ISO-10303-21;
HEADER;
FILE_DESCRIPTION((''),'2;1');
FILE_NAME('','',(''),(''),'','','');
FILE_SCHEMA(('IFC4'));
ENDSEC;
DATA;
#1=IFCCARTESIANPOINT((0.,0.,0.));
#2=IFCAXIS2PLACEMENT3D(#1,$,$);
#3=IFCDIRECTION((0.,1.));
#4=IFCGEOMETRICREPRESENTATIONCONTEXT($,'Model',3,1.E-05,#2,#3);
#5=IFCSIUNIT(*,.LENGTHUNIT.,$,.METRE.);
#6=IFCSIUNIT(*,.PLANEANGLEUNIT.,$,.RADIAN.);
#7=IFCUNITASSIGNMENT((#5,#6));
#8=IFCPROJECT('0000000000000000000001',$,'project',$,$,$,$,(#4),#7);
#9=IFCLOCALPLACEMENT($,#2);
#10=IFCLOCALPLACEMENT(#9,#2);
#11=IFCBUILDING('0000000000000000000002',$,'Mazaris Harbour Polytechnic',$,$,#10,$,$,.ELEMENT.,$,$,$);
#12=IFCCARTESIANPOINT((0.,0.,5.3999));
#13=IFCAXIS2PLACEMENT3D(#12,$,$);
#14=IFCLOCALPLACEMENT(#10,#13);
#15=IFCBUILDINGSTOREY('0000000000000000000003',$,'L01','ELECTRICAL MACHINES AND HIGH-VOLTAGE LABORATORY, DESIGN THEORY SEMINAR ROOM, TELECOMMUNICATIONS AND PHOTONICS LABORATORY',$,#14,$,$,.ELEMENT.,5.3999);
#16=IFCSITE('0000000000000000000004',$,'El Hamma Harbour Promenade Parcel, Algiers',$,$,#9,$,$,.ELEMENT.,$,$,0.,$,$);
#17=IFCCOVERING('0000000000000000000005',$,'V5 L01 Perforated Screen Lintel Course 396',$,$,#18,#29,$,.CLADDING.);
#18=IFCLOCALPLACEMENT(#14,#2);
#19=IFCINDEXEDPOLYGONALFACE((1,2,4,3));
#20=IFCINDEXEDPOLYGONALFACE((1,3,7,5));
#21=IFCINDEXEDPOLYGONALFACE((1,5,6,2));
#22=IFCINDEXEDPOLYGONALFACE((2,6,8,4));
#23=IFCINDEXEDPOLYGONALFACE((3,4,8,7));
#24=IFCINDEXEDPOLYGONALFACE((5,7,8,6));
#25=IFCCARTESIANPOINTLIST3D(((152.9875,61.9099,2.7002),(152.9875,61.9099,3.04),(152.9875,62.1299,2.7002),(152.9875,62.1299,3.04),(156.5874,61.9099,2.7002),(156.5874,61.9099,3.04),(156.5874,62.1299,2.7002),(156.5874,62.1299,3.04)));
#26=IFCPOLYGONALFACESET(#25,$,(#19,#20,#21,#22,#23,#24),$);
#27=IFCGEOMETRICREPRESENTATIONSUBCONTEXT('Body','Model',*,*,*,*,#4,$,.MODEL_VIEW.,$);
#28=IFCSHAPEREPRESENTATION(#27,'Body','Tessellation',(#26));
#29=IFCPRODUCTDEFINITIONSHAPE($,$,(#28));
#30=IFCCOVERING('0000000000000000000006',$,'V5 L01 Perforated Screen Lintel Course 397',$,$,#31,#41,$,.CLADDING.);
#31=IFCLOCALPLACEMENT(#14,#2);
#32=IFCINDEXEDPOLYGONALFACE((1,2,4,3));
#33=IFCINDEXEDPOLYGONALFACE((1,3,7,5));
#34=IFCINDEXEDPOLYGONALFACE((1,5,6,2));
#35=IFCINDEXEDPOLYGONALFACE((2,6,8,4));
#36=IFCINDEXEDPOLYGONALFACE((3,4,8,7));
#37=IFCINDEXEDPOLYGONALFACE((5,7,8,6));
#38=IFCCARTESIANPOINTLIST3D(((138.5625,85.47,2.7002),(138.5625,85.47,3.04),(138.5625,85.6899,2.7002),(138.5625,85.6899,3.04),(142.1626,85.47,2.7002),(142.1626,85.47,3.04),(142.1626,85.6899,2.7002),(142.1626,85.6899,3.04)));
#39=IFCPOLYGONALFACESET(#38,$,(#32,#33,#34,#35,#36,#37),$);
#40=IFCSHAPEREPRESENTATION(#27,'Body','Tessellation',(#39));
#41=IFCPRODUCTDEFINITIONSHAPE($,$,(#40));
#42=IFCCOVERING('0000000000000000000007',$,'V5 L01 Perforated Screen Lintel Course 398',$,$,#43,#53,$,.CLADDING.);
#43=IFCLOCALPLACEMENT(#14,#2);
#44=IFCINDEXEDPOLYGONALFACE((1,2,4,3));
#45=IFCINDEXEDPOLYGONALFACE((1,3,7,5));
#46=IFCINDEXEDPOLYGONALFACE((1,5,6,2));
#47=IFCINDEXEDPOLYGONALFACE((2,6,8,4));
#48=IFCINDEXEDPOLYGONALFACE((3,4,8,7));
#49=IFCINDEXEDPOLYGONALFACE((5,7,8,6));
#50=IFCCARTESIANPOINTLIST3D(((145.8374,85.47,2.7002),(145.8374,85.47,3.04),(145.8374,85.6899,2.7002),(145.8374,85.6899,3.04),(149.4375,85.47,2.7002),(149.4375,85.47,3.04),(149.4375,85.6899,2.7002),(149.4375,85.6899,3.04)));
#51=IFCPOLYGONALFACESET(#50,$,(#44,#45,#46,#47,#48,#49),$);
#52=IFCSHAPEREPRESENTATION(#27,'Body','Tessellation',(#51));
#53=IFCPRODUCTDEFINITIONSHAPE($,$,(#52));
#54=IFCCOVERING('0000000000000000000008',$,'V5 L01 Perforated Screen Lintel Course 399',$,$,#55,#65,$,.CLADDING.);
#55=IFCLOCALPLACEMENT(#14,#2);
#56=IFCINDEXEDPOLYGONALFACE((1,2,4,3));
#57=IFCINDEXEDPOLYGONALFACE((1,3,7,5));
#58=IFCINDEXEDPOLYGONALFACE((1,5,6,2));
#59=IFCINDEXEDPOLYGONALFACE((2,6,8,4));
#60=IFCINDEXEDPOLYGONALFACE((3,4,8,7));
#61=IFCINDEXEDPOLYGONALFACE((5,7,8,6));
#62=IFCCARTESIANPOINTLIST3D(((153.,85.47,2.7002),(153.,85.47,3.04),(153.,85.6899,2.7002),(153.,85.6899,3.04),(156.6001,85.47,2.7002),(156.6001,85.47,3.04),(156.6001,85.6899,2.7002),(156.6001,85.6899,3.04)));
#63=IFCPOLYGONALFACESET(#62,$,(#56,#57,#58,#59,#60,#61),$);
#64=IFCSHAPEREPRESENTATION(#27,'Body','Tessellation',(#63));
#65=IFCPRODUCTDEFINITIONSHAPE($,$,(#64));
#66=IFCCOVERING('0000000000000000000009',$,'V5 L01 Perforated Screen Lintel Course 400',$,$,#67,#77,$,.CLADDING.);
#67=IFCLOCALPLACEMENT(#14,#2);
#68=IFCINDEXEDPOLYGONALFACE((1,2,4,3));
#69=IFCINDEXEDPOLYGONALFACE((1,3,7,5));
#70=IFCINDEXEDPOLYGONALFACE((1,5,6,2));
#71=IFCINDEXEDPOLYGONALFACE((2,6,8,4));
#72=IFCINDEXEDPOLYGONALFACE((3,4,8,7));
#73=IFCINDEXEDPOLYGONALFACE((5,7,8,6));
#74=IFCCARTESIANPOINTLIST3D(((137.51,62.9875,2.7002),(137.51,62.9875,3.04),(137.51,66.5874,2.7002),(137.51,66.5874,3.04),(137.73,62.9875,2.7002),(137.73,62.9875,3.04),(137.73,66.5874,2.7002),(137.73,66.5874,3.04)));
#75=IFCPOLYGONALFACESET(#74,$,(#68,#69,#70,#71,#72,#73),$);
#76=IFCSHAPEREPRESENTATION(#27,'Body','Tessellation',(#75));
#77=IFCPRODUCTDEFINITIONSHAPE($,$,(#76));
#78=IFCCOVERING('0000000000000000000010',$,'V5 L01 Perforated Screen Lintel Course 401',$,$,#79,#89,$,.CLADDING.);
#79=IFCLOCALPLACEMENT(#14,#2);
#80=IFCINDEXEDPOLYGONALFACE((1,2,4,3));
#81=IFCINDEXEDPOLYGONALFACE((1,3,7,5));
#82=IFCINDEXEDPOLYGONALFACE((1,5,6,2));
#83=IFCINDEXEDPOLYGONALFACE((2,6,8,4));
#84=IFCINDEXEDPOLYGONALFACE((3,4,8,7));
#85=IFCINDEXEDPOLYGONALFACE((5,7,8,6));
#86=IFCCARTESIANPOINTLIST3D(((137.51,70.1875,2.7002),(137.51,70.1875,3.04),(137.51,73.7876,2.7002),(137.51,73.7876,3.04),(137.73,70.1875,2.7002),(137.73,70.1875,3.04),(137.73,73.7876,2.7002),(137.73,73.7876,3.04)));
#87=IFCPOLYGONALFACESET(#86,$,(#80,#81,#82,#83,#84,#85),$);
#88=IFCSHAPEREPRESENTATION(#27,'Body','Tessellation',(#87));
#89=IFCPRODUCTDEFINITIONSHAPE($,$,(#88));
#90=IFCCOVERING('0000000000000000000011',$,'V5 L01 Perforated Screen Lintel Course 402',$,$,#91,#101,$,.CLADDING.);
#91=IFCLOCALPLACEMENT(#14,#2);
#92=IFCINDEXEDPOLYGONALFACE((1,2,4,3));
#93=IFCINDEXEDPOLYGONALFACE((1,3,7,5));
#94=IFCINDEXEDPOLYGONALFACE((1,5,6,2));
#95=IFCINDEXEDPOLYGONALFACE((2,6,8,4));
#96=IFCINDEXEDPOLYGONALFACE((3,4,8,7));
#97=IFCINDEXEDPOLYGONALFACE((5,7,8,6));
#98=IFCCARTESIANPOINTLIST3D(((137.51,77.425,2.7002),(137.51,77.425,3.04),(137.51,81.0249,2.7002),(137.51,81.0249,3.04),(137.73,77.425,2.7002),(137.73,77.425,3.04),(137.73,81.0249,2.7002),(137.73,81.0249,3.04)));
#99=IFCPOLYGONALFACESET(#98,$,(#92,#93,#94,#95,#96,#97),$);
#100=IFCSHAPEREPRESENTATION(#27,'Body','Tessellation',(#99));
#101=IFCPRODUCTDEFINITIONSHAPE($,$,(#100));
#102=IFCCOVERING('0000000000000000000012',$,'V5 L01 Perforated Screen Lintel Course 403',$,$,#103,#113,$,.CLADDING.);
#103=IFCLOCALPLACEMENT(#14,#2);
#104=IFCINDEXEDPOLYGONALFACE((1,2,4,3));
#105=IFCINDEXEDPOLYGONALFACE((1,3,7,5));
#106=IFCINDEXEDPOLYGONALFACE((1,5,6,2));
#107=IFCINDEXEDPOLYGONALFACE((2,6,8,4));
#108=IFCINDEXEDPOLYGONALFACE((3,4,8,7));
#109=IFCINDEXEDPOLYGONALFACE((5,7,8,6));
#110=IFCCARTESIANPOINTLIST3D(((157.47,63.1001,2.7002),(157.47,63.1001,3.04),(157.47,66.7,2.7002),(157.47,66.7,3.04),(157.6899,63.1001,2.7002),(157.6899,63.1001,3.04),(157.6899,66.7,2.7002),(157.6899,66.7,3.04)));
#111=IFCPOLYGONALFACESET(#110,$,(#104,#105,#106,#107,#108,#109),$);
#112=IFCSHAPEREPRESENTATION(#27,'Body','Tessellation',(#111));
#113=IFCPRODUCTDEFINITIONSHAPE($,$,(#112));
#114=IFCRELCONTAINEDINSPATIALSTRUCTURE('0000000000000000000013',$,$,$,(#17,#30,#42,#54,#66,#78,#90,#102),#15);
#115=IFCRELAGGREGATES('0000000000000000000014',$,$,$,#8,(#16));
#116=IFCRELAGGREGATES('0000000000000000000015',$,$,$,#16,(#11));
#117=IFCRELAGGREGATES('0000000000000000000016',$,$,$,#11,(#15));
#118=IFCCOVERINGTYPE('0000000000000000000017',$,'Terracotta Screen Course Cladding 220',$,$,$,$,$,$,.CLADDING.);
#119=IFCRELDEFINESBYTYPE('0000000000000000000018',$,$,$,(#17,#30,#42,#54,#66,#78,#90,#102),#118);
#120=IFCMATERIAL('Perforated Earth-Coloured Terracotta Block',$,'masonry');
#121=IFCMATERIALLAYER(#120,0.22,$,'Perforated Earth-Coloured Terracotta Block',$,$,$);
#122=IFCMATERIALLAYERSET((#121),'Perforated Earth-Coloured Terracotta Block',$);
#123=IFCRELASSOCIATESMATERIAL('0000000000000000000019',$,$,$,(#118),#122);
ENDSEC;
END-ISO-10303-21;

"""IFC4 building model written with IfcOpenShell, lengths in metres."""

from ifc_helpers import new_model, si_unit, direction, frame, origin, place, context, subcontext, project, spatial, polyline, outline, extrude, material, layer, layer_set, type_object, element, save


model = new_model("IFC4")

# Units and contexts
model_context = context("Model", 3, precision=1e-05, world=origin(), true_north=direction((0.0, 1.0)))
body_context = subcontext(model_context, "Body", "Model", "MODEL_VIEW")
ifc_project = project(units=[si_unit("LENGTHUNIT", "METRE"), si_unit("PLANEANGLEUNIT", "RADIAN")], contexts=[model_context])

# Site, building, storey
site_placement = place(None, origin())
site = spatial("IfcSite", under=ifc_project, at=site_placement, Name="El Hamma Harbour Promenade Parcel, Algiers", CompositionType="ELEMENT", RefElevation=0.0)
building_placement = place(site_placement, origin())
building = spatial("IfcBuilding", under=site, at=building_placement, Name="Mazaris Harbour Polytechnic", CompositionType="ELEMENT")
storey_placement = place(building_placement, frame((0.0, 0.0, 5.3999)))
storey = spatial("IfcBuildingStorey", under=building, at=storey_placement, Name="L01", Description="ELECTRICAL MACHINES AND HIGH-VOLTAGE LABORATORY, DESIGN THEORY SEMINAR ROOM, TELECOMMUNICATIONS AND PHOTONICS LABORATORY", CompositionType="ELEMENT", Elevation=5.3999)

# Coverings
ifc_material = material(Name="Perforated Earth-Coloured Terracotta Block", Category="masonry")
ifc_layer = layer(ifc_material, 0.22, Name="Perforated Earth-Coloured Terracotta Block")
ifc_layer_set = layer_set([ifc_layer], Name="Perforated Earth-Coloured Terracotta Block")
covering_type = type_object("IfcCoveringType", Name="Terracotta Screen Course Cladding 220", PredefinedType="CLADDING", material=ifc_layer_set)
covering_1_placement = place(storey_placement, frame((0.0, 0.0, 2.7002)))
element("IfcCovering", 1, at=covering_1_placement, inside=storey, type_object=covering_type, Name="V5 L01 Perforated Screen Lintel Course 396", PredefinedType="CLADDING", context=body_context, shape_type="SweptSolid", body=[
    extrude(outline(polyline([(152.9875, 61.9099), (156.5874, 61.9099), (156.5874, 62.1299), (152.9875, 62.1299), (152.9875, 61.9099)])), origin(), (0.0, 0.0, 1.0), 0.3398),
])
covering_2_placement = place(storey_placement, frame((0.0, 0.0, 2.7002)))
element("IfcCovering", 2, at=covering_2_placement, inside=storey, type_object=covering_type, Name="V5 L01 Perforated Screen Lintel Course 397", PredefinedType="CLADDING", context=body_context, shape_type="SweptSolid", body=[
    extrude(outline(polyline([(142.1626, 85.6899), (138.5625, 85.6899), (138.5625, 85.47), (142.1626, 85.47), (142.1626, 85.6899)])), origin(), (0.0, 0.0, 1.0), 0.3398),
])
covering_3_placement = place(storey_placement, frame((0.0, 0.0, 2.7002)))
element("IfcCovering", 3, at=covering_3_placement, inside=storey, type_object=covering_type, Name="V5 L01 Perforated Screen Lintel Course 398", PredefinedType="CLADDING", context=body_context, shape_type="SweptSolid", body=[
    extrude(outline(polyline([(149.4375, 85.6899), (145.8374, 85.6899), (145.8374, 85.47), (149.4375, 85.47), (149.4375, 85.6899)])), origin(), (0.0, 0.0, 1.0), 0.3398),
])
covering_4_placement = place(storey_placement, frame((0.0, 0.0, 2.7002)))
element("IfcCovering", 4, at=covering_4_placement, inside=storey, type_object=covering_type, Name="V5 L01 Perforated Screen Lintel Course 399", PredefinedType="CLADDING", context=body_context, shape_type="SweptSolid", body=[
    extrude(outline(polyline([(156.6001, 85.6899), (153.0, 85.6899), (153.0, 85.47), (156.6001, 85.47), (156.6001, 85.6899)])), origin(), (0.0, 0.0, 1.0), 0.3398),
])
covering_5_placement = place(storey_placement, frame((0.0, 0.0, 2.7002)))
element("IfcCovering", 5, at=covering_5_placement, inside=storey, type_object=covering_type, Name="V5 L01 Perforated Screen Lintel Course 400", PredefinedType="CLADDING", context=body_context, shape_type="SweptSolid", body=[
    extrude(outline(polyline([(137.51, 62.9875), (137.51, 66.5874), (137.73, 66.5874), (137.73, 62.9875), (137.51, 62.9875)])), origin(), (0.0, 0.0, 1.0), 0.3398),
])
covering_6_placement = place(storey_placement, frame((0.0, 0.0, 2.7002)))
element("IfcCovering", 6, at=covering_6_placement, inside=storey, type_object=covering_type, Name="V5 L01 Perforated Screen Lintel Course 401", PredefinedType="CLADDING", context=body_context, shape_type="SweptSolid", body=[
    extrude(outline(polyline([(137.51, 70.1875), (137.51, 73.7876), (137.73, 73.7876), (137.73, 70.1875), (137.51, 70.1875)])), origin(), (0.0, 0.0, 1.0), 0.3398),
])
covering_7_placement = place(storey_placement, frame((0.0, 0.0, 2.7002)))
element("IfcCovering", 7, at=covering_7_placement, inside=storey, type_object=covering_type, Name="V5 L01 Perforated Screen Lintel Course 402", PredefinedType="CLADDING", context=body_context, shape_type="SweptSolid", body=[
    extrude(outline(polyline([(137.51, 77.425), (137.51, 81.0249), (137.73, 81.0249), (137.73, 77.425), (137.51, 77.425)])), origin(), (0.0, 0.0, 1.0), 0.3398),
])
covering_8_placement = place(storey_placement, frame((0.0, 0.0, 2.7002)))
element("IfcCovering", 8, at=covering_8_placement, inside=storey, type_object=covering_type, Name="V5 L01 Perforated Screen Lintel Course 403", PredefinedType="CLADDING", context=body_context, shape_type="SweptSolid", body=[
    extrude(outline(polyline([(157.6899, 66.7), (157.6899, 63.1001), (157.47, 63.1001), (157.47, 66.7), (157.6899, 66.7)])), origin(), (0.0, 0.0, 1.0), 0.3398),
])

save(model, "model.ifc")
